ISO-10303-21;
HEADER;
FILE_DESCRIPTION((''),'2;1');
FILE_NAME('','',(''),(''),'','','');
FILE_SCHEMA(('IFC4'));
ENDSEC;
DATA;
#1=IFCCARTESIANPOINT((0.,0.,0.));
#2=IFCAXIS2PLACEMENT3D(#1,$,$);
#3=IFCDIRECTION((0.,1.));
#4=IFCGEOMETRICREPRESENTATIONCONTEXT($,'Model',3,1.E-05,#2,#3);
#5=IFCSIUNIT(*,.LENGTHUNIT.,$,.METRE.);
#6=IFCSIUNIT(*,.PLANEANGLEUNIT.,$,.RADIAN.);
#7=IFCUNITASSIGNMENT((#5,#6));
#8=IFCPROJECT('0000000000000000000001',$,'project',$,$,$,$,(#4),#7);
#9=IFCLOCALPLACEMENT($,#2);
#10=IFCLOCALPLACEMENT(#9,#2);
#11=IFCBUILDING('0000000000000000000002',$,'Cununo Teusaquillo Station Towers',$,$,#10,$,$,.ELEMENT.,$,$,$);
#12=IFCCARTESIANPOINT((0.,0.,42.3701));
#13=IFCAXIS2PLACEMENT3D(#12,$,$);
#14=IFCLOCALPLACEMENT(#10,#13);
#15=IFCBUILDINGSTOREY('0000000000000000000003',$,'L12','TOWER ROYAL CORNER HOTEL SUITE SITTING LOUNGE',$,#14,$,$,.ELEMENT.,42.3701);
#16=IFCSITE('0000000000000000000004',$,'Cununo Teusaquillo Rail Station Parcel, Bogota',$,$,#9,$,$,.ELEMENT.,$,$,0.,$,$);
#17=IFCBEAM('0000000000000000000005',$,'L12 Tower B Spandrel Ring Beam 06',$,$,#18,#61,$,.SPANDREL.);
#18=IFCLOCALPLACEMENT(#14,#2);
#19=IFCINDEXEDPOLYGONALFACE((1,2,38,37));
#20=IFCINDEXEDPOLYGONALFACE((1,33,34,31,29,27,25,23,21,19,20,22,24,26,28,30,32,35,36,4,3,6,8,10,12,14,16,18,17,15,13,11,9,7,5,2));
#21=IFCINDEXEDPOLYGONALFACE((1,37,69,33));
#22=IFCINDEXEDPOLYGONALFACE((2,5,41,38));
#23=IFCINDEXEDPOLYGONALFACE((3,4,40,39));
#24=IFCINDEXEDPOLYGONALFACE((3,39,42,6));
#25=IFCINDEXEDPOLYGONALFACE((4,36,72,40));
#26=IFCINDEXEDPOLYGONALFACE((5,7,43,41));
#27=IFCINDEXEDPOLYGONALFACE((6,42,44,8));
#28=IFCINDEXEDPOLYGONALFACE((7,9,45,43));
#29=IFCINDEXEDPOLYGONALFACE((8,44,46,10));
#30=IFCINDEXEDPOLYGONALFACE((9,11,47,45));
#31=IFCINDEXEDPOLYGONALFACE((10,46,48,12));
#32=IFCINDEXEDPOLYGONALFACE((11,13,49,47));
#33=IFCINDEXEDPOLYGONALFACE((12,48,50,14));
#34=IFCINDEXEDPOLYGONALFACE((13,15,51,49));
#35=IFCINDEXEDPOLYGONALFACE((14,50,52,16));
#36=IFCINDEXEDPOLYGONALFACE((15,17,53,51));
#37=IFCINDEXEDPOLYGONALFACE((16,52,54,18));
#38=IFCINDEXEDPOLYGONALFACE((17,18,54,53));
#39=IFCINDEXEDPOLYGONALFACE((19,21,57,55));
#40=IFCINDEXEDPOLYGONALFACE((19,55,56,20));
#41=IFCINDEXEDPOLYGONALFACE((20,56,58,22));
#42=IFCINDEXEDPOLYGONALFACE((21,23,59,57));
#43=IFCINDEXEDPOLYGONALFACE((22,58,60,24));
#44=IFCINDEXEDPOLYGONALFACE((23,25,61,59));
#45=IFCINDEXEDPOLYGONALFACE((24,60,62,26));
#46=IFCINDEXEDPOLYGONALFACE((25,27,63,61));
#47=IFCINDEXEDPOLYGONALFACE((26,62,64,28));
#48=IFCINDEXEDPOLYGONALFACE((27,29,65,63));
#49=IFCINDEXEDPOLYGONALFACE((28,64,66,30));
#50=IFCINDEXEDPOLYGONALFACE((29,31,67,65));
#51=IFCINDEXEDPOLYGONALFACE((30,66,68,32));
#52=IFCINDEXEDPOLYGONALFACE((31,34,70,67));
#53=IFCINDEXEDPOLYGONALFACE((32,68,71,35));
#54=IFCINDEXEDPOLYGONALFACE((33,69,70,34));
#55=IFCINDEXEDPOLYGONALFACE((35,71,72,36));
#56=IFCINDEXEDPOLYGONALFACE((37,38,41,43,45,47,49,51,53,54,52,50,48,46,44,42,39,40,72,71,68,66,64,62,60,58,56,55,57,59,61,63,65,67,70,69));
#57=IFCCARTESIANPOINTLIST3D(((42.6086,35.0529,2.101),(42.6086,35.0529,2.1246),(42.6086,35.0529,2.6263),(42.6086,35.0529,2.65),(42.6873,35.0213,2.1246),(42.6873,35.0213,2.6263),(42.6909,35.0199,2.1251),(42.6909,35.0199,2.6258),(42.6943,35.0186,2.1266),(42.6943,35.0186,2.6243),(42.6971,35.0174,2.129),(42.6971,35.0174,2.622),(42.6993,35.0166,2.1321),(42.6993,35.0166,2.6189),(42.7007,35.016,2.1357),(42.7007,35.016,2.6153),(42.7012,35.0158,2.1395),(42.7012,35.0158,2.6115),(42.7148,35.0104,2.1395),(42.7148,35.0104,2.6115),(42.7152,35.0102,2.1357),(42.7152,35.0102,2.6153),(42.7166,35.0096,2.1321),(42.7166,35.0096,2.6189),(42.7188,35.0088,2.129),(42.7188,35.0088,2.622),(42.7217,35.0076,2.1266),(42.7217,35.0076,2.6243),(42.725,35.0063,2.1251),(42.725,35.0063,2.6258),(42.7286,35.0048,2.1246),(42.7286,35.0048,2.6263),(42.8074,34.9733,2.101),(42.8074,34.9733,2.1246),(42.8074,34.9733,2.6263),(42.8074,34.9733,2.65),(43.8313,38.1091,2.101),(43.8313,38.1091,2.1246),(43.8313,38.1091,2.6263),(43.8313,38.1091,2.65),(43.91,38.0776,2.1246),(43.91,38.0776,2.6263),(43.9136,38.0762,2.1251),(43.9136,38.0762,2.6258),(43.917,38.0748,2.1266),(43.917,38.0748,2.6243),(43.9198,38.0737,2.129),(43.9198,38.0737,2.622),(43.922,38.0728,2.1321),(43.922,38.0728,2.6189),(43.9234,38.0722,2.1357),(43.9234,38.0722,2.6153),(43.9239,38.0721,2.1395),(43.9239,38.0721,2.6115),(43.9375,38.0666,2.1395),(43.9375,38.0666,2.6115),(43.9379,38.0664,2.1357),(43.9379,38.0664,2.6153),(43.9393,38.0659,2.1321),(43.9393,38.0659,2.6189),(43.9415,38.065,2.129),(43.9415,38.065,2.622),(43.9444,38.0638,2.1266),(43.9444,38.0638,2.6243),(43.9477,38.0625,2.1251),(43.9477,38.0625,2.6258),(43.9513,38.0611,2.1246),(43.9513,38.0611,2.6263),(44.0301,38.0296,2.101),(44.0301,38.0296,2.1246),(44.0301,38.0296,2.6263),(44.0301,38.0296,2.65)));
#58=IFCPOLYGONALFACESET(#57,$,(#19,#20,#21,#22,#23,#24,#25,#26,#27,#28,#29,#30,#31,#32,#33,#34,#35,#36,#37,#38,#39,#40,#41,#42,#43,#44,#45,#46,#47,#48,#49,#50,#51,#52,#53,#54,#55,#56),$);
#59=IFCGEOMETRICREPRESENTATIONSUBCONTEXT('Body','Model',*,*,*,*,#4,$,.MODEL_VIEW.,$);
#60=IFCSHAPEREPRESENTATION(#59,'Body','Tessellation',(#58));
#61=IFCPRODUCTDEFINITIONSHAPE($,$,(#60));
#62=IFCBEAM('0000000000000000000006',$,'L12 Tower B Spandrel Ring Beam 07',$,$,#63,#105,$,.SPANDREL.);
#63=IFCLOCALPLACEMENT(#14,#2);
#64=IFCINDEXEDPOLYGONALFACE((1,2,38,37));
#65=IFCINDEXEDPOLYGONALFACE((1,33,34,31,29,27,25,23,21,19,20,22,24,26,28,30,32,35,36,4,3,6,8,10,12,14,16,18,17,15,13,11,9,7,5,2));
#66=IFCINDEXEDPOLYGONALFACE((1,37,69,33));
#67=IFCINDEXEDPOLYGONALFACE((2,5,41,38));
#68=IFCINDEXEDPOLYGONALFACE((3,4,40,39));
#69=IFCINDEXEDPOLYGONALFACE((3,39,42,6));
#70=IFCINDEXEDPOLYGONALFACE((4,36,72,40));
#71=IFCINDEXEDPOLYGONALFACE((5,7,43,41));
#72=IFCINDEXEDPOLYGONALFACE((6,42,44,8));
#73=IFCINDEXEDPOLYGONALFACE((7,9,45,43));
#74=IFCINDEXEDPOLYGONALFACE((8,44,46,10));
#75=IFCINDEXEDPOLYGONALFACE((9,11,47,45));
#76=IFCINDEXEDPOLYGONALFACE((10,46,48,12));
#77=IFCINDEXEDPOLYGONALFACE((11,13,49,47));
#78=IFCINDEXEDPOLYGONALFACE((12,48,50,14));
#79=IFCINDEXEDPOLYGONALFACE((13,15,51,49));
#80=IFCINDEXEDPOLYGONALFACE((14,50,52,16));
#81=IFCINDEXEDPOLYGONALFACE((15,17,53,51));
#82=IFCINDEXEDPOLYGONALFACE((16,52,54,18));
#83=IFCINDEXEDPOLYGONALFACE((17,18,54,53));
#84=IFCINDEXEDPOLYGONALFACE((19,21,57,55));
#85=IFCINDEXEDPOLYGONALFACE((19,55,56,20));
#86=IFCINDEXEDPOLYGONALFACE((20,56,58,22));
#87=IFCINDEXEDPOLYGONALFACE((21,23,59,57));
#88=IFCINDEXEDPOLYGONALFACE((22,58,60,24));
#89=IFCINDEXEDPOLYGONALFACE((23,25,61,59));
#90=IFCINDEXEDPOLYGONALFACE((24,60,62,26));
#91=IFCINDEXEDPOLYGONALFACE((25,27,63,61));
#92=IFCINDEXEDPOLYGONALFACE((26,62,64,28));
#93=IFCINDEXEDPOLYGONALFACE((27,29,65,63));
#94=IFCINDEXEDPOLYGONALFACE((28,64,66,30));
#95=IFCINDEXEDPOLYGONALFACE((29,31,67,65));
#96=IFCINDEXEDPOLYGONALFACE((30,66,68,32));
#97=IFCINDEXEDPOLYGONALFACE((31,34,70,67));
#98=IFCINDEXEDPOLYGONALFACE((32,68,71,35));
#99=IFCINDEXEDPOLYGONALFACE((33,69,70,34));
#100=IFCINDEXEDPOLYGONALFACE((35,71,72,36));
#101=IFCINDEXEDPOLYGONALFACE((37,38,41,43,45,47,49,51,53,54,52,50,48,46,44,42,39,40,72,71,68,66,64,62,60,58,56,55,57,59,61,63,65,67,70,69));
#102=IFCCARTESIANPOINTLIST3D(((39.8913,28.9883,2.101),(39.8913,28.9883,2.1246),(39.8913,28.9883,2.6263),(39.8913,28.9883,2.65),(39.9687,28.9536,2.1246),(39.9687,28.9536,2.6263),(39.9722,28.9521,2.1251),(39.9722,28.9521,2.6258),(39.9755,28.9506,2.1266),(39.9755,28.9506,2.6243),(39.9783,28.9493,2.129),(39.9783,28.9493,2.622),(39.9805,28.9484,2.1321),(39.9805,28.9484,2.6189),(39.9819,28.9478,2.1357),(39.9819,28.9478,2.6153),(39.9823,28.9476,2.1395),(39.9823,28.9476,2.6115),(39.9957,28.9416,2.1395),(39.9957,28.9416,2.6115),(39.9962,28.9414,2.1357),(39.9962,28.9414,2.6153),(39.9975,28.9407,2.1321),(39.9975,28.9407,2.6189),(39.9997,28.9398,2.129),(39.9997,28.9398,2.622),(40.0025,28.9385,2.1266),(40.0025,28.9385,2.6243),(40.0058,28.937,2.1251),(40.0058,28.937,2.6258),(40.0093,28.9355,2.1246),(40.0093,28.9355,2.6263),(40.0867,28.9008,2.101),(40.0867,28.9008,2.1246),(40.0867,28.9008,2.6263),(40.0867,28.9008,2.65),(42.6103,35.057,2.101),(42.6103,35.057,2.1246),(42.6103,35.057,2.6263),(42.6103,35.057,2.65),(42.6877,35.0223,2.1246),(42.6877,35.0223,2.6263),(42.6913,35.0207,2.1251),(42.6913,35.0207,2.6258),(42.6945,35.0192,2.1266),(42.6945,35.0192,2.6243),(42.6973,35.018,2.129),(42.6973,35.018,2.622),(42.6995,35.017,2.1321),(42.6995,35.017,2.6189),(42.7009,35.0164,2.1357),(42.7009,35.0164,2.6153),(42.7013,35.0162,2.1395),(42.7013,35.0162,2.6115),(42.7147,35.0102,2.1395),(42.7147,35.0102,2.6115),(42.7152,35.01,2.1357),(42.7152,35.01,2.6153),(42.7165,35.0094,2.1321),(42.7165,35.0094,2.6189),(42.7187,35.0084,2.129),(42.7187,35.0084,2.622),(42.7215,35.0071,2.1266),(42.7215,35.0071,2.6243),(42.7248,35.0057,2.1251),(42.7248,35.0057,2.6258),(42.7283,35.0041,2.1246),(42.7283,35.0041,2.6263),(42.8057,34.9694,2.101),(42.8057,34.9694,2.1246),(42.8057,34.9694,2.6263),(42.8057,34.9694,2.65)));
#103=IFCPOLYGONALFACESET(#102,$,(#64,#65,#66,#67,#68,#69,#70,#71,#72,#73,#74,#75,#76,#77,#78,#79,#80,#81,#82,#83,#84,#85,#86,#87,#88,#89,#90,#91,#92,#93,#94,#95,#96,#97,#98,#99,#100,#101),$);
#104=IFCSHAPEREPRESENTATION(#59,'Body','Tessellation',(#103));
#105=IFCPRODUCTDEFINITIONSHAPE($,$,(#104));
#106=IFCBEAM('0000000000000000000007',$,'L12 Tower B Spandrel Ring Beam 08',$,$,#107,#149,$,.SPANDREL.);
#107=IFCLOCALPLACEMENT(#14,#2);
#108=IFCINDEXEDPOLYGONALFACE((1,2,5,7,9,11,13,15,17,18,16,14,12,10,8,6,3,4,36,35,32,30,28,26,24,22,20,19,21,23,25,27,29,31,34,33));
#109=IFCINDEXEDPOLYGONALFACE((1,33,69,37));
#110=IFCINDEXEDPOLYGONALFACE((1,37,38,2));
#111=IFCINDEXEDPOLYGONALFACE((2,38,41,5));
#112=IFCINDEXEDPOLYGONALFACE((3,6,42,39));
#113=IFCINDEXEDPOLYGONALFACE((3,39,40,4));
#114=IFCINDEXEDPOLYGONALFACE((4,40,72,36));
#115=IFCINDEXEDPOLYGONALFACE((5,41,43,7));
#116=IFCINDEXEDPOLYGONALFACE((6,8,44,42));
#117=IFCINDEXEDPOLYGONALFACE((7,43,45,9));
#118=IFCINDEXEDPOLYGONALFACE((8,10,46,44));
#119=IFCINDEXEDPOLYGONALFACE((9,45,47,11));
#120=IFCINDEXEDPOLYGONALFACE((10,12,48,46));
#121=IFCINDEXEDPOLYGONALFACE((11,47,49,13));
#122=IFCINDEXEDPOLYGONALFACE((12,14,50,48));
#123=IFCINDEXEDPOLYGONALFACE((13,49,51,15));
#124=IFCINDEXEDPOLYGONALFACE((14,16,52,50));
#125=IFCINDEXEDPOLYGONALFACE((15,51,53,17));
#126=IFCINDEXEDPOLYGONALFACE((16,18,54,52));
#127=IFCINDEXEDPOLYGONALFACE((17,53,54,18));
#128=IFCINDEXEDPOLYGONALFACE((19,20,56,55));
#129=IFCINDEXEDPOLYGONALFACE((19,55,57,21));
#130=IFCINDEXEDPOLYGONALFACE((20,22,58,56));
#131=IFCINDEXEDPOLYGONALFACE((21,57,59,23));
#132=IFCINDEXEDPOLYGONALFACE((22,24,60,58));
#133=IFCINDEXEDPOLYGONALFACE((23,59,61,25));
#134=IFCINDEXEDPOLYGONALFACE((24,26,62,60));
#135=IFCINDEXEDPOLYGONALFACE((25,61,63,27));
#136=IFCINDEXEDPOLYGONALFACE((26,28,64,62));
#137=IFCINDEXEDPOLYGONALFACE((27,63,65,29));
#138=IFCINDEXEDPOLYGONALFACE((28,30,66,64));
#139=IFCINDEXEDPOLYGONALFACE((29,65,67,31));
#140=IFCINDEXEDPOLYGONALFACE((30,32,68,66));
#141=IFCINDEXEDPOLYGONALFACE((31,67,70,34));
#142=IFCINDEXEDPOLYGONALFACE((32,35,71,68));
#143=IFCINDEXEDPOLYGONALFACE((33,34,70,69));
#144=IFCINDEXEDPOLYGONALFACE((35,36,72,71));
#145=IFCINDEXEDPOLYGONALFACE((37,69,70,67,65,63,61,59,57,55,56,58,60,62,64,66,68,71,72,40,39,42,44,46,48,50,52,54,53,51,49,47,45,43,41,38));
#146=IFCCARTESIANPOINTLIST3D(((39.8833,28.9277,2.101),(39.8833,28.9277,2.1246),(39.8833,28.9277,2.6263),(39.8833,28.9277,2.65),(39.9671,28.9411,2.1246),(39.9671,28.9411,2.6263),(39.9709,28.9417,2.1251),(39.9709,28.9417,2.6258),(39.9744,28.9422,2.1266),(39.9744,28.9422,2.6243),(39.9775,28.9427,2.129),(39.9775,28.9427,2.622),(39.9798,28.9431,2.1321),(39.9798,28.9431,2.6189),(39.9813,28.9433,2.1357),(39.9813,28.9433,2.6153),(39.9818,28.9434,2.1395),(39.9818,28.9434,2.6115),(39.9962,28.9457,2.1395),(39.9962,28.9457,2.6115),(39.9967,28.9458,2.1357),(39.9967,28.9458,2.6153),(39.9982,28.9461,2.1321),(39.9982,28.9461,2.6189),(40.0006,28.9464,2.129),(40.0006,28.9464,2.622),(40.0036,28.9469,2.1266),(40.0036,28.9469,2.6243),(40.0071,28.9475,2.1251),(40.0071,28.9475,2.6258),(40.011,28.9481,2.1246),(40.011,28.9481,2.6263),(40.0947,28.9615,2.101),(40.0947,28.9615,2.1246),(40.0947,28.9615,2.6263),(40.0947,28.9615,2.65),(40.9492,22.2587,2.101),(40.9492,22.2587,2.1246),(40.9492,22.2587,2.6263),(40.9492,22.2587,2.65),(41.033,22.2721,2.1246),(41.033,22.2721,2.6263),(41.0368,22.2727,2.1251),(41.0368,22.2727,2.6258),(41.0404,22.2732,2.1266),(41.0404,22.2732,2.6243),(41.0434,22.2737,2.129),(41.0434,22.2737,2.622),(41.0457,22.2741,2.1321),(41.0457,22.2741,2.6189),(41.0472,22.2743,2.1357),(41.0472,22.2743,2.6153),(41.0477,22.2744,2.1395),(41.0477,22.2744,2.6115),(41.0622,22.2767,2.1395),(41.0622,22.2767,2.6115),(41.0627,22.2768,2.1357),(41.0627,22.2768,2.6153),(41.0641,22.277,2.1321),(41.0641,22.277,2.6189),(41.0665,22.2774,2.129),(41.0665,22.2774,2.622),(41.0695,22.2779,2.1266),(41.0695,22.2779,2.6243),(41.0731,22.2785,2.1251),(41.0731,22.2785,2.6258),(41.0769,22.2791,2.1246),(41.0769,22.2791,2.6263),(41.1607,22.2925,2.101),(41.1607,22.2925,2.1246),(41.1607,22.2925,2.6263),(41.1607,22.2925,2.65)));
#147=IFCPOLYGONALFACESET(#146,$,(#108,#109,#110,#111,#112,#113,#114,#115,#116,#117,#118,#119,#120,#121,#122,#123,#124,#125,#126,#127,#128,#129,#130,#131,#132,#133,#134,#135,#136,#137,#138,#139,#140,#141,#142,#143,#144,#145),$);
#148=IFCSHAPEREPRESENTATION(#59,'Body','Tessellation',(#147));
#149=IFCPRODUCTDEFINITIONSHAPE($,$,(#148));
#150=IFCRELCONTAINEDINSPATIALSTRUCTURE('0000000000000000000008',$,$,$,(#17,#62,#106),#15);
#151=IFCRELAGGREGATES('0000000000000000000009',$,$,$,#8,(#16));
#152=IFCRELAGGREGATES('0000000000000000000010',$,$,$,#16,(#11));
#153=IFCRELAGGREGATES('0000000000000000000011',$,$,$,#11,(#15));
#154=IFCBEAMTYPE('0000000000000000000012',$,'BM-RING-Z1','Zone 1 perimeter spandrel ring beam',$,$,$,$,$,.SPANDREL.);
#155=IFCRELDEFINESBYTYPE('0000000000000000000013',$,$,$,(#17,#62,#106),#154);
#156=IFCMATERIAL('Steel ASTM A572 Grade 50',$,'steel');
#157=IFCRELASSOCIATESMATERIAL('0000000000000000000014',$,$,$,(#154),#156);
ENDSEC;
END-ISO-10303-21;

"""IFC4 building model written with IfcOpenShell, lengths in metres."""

from ifc_helpers import new_model, si_unit, direction, frame, origin, origin_2d, place, context, subcontext, project, spatial, i_section, extrude, material, material_profile, profile_set, type_object, element, save


model = new_model("IFC4")

# Units and contexts
model_context = context("Model", 3, precision=1e-05, world=origin(), true_north=direction((0.0, 1.0)))
body_context = subcontext(model_context, "Body", "Model", "MODEL_VIEW")
ifc_project = project(units=[si_unit("LENGTHUNIT", "METRE"), si_unit("PLANEANGLEUNIT", "RADIAN")], contexts=[model_context])

# Site, building, storey
site_placement = place(None, origin())
site = spatial("IfcSite", under=ifc_project, at=site_placement, Name="Cununo Teusaquillo Rail Station Parcel, Bogota", CompositionType="ELEMENT", RefElevation=0.0)
building_placement = place(site_placement, origin())
building = spatial("IfcBuilding", under=site, at=building_placement, Name="Cununo Teusaquillo Station Towers", CompositionType="ELEMENT")
storey_placement = place(building_placement, frame((0.0, 0.0, 42.3701)))
storey = spatial("IfcBuildingStorey", under=building, at=storey_placement, Name="L12", Description="TOWER ROYAL CORNER HOTEL SUITE SITTING LOUNGE", CompositionType="ELEMENT", Elevation=42.3701)

# Beams
ifc_material_1 = material(Name="Steel ASTM A572 Grade 50", Category="steel")
ifc_material_profile_1 = material_profile(ifc_material_1, i_section(OverallWidth=0.2141, OverallDepth=0.5491, WebThickness=0.0146, FlangeThickness=0.0237, FilletRadius=0.0149, at=origin_2d()), Name="W21X93")
ifc_profile_set_1 = profile_set([ifc_material_profile_1], Name="Steel ASTM A572 Grade 50")
beam_type_1 = type_object("IfcBeamType", Name="BM-RING-Z1", Description="Zone 1 perimeter spandrel ring beam", PredefinedType="SPANDREL", material=ifc_profile_set_1)
for number, where, z_axis, x_axis, name in (
    (1, (43.9307, 38.0693, 2.3755), (-0.371442, -0.928456, 0.0), (0.928456, -0.371442, 0.0), "L12 Tower B Spandrel Ring Beam 06"),
):
    element("IfcBeam", number, at=place(storey_placement, frame(where, z_axis=z_axis, x_axis=x_axis)), inside=storey, type_object=beam_type_1, Name=name, PredefinedType="SPANDREL", context=body_context, shape_type="SweptSolid", body=[
        extrude(i_section(OverallWidth=0.2141, OverallDepth=0.5491, WebThickness=0.0146, FlangeThickness=0.0237, FilletRadius=0.0149, at=origin_2d()), origin(), (0.0, 0.0, 1.0), 3.2917),
    ])
beam_1_placement = place(storey_placement, frame((42.708, 35.0132, 2.3755), z_axis=(-0.408879, -0.912589, 0.0), x_axis=(0.912589, -0.408879, 0.0)))
element("IfcBeam", 2, at=beam_1_placement, inside=storey, type_object=beam_type_1, Name="L12 Tower B Spandrel Ring Beam 07", PredefinedType="SPANDREL", context=body_context, shape_type="SweptSolid", body=[
    extrude(i_section(OverallWidth=0.2141, OverallDepth=0.5491, WebThickness=0.0146, FlangeThickness=0.0237, FilletRadius=0.0149, at=origin_2d()), origin(), (0.0, 0.0, 1.0), 6.6499),
])
beam_2_placement = place(storey_placement, frame((39.989, 28.9446, 2.3755), z_axis=(0.15783, -0.987466, 0.0), x_axis=(0.987466, 0.15783, 0.0)))
element("IfcBeam", 3, at=beam_2_placement, inside=storey, type_object=beam_type_1, Name="L12 Tower B Spandrel Ring Beam 08", PredefinedType="SPANDREL", context=body_context, shape_type="SweptSolid", body=[
    extrude(i_section(OverallWidth=0.2141, OverallDepth=0.5491, WebThickness=0.0146, FlangeThickness=0.0237, FilletRadius=0.0149, at=origin_2d()), origin(), (0.0, 0.0, 1.0), 6.7537),
])

save(model, "model.ifc")
